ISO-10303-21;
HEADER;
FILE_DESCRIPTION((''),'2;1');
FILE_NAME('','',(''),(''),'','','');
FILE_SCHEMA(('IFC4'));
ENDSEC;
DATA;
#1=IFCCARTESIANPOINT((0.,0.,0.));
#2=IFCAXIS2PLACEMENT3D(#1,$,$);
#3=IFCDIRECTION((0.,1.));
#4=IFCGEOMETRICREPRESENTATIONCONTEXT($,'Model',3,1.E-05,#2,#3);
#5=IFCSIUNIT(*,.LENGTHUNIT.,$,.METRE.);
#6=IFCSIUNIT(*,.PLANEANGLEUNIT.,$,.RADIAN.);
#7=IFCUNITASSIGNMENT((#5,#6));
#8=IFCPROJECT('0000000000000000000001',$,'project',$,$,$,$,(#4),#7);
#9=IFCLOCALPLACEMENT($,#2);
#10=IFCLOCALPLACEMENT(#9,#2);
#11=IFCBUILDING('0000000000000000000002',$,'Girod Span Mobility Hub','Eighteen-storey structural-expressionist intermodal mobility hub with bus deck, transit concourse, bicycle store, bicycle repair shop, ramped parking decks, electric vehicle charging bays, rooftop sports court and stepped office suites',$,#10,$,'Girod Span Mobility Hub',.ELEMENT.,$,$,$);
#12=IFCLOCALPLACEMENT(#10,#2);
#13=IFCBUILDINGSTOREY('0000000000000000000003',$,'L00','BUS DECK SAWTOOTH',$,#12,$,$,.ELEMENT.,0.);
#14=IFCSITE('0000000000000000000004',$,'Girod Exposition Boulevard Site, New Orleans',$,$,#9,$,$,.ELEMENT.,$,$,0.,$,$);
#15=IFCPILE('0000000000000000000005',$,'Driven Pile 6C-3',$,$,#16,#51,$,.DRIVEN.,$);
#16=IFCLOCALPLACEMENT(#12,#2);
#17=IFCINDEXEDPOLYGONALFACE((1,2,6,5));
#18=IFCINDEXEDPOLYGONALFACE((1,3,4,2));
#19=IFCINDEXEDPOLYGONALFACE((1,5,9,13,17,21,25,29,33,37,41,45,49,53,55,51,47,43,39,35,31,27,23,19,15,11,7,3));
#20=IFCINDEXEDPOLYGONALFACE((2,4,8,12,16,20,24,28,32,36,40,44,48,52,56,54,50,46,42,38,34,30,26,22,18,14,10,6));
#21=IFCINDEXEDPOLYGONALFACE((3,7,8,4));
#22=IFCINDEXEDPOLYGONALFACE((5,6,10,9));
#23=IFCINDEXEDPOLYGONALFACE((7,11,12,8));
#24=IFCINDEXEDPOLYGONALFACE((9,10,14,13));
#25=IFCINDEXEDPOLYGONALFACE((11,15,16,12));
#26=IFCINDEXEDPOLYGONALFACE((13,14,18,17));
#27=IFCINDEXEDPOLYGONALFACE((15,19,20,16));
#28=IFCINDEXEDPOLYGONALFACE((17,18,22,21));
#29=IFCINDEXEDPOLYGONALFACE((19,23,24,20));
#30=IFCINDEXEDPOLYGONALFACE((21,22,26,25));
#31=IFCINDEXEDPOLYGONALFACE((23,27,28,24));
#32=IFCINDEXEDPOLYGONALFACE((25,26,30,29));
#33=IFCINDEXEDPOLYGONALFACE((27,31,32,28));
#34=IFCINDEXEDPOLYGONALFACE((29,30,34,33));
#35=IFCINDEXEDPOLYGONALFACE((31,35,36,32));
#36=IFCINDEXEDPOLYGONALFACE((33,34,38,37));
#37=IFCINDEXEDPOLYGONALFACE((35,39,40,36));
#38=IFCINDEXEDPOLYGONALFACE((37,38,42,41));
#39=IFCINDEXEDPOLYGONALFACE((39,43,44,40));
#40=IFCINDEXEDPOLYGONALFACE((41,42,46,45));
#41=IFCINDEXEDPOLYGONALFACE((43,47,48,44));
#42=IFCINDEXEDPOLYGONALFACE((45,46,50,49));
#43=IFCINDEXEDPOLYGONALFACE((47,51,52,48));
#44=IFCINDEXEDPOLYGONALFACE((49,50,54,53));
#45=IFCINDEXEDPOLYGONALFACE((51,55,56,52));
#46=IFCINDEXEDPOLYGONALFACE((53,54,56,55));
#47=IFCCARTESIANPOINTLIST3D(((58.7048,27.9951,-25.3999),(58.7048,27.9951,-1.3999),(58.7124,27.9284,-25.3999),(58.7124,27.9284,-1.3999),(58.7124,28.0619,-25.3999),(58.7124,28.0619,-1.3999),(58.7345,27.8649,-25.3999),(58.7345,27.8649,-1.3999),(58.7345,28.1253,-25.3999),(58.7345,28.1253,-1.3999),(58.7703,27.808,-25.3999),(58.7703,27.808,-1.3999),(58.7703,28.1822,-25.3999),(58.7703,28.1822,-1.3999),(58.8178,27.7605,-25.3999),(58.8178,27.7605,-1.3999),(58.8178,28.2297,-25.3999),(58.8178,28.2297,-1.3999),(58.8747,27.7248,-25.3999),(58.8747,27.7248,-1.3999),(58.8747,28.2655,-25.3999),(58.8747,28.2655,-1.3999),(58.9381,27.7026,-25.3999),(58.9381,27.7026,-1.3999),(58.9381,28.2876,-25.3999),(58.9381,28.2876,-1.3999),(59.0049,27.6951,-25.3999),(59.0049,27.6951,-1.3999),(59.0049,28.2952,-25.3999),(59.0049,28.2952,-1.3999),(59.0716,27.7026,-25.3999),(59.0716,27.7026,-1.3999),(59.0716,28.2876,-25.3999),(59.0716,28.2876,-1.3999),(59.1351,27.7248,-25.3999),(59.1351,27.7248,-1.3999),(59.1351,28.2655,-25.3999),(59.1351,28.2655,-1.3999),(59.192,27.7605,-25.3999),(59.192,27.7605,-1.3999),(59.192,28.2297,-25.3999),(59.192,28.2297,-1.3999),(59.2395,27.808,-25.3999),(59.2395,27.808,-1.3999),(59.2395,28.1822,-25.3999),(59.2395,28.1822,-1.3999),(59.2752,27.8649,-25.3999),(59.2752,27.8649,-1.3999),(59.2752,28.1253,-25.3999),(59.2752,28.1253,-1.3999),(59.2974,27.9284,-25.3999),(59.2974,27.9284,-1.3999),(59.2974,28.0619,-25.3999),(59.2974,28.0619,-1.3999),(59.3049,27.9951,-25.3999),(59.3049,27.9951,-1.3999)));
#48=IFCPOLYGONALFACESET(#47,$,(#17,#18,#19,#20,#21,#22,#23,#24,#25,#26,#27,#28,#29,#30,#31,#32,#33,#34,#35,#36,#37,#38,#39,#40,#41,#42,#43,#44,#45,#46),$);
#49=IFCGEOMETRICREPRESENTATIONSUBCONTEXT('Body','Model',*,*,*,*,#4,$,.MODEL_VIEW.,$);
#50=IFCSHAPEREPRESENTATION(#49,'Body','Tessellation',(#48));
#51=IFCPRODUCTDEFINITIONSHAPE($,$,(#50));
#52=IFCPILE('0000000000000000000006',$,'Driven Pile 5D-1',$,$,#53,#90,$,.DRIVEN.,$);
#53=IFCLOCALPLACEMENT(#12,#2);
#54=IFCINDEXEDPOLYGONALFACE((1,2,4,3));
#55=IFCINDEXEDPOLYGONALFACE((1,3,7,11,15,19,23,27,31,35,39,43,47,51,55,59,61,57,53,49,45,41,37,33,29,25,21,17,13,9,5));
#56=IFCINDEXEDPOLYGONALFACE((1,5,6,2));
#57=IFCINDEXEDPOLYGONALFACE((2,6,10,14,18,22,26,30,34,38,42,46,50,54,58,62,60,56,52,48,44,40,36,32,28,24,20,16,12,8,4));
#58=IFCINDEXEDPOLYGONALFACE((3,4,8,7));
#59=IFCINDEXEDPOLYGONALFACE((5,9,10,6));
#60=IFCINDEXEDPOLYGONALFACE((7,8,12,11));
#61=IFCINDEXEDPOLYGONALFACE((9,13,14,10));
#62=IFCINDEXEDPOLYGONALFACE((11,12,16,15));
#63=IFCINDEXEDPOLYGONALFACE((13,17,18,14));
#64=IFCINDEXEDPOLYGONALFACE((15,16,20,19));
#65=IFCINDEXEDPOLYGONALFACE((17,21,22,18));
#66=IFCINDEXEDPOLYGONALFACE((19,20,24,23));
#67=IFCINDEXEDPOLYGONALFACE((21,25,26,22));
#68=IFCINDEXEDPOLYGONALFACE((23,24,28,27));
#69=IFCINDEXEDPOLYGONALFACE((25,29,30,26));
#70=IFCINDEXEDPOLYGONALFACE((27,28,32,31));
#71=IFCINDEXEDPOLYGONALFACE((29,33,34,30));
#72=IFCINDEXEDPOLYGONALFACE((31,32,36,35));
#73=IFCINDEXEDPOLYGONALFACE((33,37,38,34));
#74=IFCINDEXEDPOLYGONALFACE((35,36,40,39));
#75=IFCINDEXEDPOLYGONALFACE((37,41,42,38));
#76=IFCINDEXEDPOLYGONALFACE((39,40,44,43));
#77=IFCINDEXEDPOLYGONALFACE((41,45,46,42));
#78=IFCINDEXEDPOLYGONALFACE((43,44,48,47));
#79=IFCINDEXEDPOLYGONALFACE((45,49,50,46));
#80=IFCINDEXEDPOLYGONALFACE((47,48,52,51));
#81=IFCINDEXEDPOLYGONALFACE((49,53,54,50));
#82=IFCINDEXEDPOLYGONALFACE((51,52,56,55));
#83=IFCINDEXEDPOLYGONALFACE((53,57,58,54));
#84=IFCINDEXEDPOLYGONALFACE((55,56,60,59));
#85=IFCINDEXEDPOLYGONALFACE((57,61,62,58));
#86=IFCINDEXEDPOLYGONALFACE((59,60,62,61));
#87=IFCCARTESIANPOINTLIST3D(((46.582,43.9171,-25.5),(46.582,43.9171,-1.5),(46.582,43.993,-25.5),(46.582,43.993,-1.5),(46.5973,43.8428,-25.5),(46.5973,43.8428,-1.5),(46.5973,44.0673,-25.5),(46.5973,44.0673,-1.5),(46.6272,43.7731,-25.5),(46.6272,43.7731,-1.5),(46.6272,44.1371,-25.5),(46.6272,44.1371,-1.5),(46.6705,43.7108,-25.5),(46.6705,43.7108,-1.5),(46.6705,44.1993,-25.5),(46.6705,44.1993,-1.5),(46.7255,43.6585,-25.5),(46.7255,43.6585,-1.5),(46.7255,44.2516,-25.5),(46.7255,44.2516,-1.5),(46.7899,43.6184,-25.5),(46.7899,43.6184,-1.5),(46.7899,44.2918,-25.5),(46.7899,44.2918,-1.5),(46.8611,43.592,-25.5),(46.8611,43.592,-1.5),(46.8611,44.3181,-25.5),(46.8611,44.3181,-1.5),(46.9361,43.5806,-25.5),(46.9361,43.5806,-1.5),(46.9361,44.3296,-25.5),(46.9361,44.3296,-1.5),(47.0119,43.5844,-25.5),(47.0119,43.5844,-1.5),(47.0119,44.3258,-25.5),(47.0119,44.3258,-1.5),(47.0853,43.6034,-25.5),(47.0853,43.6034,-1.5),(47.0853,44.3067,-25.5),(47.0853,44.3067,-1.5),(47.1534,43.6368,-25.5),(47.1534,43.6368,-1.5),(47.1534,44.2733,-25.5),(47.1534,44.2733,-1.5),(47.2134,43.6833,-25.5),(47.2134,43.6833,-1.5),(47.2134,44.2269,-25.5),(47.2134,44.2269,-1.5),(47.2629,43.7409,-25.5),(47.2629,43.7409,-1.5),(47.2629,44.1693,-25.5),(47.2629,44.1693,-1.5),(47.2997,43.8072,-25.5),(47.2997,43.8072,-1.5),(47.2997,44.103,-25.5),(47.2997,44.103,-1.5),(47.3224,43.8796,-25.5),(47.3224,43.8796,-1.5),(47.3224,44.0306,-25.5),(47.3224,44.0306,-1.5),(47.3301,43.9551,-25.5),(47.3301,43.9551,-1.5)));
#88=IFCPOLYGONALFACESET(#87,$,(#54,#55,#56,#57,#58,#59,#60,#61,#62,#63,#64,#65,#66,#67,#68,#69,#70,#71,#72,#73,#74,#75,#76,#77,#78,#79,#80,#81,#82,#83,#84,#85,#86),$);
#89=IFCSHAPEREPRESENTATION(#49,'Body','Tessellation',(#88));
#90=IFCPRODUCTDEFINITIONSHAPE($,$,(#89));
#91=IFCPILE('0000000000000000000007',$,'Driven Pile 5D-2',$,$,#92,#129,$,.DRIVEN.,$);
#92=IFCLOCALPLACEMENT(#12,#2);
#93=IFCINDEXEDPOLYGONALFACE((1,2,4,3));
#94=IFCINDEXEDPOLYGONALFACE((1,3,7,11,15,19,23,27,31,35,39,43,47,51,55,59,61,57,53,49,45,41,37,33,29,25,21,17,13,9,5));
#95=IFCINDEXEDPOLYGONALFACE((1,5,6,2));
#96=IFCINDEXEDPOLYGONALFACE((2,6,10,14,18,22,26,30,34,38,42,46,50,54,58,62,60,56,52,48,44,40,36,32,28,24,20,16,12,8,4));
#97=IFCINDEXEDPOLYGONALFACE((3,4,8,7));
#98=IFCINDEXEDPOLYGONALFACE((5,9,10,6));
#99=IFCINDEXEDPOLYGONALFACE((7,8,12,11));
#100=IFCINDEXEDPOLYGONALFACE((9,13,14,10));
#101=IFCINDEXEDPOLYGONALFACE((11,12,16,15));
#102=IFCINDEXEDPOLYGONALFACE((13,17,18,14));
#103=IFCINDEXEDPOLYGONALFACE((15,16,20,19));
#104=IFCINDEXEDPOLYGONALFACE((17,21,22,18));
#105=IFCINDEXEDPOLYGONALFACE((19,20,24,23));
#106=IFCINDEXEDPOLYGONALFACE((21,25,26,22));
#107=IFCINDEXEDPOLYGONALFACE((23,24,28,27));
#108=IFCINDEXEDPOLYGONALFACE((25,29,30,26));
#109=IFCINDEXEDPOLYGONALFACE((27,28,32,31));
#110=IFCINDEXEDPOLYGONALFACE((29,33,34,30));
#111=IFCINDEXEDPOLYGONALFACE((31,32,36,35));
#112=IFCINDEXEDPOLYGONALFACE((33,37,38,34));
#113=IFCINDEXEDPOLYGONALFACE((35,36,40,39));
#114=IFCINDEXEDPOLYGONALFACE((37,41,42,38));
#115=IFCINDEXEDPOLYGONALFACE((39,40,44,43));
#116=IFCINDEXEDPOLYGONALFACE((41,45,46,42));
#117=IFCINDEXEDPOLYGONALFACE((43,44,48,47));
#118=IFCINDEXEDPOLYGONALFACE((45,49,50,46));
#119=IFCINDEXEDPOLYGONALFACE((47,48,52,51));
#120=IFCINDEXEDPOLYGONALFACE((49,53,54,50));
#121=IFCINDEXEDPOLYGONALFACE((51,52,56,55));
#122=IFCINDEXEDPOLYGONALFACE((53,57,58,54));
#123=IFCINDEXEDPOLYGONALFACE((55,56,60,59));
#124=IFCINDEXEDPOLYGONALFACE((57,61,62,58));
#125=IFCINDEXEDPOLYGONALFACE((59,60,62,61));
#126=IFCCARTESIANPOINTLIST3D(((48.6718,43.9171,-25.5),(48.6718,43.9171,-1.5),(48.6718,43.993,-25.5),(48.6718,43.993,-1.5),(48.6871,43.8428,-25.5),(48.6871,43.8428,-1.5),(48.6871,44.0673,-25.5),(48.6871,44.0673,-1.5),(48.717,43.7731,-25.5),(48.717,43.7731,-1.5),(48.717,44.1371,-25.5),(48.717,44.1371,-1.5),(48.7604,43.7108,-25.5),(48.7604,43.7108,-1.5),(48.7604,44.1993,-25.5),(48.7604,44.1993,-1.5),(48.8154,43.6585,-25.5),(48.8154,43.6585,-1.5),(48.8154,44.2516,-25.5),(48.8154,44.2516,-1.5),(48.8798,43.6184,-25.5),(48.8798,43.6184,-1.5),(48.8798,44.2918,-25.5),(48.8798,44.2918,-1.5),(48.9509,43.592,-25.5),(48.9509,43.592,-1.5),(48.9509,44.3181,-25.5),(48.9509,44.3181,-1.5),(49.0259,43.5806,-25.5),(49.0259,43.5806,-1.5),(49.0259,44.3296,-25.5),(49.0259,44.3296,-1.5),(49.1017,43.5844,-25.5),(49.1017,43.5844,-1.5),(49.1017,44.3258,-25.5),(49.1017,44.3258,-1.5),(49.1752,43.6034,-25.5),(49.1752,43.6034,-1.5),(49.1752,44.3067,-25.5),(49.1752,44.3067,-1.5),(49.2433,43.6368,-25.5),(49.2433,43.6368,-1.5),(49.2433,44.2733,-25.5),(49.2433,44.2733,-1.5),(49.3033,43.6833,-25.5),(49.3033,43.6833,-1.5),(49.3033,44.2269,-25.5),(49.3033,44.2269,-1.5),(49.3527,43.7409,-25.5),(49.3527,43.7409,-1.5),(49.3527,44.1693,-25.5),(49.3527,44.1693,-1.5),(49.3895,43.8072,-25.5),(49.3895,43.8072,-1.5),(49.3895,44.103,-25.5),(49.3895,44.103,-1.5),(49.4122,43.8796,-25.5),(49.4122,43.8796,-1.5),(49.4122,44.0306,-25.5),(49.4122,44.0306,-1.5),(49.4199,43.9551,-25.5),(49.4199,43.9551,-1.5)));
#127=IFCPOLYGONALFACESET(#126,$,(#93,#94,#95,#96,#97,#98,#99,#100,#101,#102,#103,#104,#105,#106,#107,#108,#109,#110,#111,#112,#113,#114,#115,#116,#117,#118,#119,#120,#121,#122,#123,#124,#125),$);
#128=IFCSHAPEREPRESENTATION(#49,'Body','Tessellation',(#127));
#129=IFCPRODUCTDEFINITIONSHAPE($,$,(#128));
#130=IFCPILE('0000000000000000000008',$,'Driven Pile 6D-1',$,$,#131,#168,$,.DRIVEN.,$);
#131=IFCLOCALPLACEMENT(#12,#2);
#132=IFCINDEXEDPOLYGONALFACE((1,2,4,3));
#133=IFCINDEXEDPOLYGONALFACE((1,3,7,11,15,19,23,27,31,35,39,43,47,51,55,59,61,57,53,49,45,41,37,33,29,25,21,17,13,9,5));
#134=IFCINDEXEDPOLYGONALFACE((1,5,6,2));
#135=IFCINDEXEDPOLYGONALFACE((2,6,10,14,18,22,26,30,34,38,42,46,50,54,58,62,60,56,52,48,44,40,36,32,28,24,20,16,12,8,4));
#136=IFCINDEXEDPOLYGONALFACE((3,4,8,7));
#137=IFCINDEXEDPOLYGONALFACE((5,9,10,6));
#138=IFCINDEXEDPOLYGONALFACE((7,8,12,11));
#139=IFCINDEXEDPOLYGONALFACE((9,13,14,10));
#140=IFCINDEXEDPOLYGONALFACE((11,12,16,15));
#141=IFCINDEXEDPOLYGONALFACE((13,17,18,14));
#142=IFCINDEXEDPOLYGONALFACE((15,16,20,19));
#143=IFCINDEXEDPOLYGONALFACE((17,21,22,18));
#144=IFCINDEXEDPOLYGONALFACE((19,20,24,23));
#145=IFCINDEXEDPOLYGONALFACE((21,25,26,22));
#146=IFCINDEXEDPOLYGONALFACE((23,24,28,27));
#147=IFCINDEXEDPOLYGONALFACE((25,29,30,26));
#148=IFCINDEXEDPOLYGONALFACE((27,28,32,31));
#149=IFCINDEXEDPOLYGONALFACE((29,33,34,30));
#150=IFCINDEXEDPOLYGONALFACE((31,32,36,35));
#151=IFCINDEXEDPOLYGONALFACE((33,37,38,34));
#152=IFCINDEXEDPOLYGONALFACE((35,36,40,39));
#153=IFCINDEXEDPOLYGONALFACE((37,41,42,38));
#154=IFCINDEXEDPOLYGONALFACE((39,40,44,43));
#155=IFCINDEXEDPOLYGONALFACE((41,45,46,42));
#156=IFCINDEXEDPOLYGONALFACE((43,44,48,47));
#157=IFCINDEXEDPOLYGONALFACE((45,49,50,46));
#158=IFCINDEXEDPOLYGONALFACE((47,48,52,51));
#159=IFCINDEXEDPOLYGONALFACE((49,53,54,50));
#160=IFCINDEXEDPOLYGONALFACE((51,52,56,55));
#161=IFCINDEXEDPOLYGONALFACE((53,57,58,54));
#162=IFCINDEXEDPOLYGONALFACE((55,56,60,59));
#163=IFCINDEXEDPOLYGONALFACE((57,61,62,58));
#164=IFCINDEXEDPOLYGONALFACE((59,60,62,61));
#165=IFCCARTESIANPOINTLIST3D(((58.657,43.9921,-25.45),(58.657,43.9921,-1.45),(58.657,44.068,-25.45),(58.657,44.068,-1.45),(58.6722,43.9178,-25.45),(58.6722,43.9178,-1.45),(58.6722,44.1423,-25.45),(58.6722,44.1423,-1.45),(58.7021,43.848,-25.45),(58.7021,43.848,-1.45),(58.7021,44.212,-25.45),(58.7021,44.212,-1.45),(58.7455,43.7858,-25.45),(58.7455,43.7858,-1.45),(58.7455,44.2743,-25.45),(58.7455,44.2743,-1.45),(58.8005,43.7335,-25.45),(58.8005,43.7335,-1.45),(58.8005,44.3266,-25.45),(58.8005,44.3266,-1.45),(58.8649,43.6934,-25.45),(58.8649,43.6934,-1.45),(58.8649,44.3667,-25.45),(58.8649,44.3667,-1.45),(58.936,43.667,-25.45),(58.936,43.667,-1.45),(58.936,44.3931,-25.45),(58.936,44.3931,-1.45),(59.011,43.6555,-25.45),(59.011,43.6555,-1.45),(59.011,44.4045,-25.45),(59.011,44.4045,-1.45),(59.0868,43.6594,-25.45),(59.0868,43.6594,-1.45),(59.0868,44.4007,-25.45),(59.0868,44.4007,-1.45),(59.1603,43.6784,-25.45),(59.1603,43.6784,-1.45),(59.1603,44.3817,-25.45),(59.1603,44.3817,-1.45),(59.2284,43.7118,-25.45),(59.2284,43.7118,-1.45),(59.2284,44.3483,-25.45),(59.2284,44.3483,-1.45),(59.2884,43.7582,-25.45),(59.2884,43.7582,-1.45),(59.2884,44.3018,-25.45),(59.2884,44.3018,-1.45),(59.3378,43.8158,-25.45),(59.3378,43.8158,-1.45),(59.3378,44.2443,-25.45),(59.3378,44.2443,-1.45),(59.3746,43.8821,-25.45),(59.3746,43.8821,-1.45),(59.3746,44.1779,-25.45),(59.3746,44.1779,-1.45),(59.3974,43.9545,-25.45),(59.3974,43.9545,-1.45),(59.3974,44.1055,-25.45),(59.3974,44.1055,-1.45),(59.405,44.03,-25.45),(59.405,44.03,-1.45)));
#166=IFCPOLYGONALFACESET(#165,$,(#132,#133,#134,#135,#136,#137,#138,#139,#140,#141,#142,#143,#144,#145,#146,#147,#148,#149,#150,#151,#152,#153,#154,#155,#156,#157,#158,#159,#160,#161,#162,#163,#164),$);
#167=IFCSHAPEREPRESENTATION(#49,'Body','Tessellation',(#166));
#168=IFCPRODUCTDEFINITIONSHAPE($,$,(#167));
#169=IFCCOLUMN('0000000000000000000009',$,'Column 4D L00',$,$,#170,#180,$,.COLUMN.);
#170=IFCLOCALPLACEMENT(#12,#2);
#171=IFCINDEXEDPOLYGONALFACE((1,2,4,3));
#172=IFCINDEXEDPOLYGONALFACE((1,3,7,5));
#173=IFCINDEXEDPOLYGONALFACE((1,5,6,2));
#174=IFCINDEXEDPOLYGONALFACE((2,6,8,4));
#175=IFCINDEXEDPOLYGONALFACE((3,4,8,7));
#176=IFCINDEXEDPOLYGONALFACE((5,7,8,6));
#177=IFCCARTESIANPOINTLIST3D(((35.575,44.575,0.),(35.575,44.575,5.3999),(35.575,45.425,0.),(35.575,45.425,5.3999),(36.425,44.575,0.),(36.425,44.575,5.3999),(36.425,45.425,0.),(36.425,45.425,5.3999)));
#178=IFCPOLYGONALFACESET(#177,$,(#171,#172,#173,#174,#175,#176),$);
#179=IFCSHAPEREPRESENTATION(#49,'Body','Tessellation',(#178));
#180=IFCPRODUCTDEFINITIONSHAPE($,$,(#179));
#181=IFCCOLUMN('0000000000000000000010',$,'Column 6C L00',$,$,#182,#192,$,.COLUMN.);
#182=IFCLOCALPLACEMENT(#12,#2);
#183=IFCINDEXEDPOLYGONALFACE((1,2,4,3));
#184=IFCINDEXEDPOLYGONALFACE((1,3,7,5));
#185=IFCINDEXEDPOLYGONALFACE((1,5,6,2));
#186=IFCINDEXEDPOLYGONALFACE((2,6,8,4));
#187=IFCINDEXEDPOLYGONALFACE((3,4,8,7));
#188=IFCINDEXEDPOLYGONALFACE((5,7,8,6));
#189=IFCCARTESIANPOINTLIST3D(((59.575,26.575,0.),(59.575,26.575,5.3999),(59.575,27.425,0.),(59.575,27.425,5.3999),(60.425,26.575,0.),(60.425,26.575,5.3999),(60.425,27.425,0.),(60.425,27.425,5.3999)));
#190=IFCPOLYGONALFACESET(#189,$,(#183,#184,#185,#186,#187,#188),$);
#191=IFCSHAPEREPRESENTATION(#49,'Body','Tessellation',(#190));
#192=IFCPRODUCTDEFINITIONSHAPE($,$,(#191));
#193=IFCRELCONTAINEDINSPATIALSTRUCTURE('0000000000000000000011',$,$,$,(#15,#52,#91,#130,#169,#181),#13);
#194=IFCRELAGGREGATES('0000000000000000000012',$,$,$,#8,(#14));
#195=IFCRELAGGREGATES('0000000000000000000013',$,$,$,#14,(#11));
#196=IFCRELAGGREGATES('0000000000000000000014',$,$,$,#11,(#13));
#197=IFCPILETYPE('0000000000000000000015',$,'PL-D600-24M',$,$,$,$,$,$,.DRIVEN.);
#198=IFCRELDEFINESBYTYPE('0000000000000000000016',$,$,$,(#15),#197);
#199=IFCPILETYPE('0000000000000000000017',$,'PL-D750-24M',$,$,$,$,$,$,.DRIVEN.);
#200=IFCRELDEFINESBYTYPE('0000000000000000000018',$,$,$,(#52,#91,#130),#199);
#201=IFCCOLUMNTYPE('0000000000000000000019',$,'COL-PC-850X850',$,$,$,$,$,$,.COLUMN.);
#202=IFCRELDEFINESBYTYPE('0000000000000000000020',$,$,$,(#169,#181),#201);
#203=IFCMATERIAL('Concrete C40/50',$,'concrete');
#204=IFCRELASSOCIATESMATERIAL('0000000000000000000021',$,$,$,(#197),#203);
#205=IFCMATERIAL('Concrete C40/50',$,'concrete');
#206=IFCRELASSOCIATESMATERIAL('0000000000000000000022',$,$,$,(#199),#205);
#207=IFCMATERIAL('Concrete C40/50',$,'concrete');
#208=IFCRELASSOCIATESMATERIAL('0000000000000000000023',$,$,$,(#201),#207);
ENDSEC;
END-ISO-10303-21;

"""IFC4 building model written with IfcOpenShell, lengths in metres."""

from ifc_helpers import new_model, si_unit, direction, frame, origin, origin_2d, place, context, subcontext, project, spatial, rectangle, circle, extrude, material, material_profile, profile_set, type_object, element, save


model = new_model("IFC4")

# Units and contexts
model_context = context("Model", 3, precision=1e-05, world=origin(), true_north=direction((0.0, 1.0)))
body_context = subcontext(model_context, "Body", "Model", "MODEL_VIEW")
ifc_project = project(units=[si_unit("LENGTHUNIT", "METRE"), si_unit("PLANEANGLEUNIT", "RADIAN")], contexts=[model_context])

# Site, building, storey
site_placement = place(None, origin())
site = spatial("IfcSite", under=ifc_project, at=site_placement, Name="Girod Exposition Boulevard Site, New Orleans", CompositionType="ELEMENT", RefElevation=0.0)
building_placement = place(site_placement, origin())
building = spatial("IfcBuilding", under=site, at=building_placement, Name="Girod Span Mobility Hub", Description="Eighteen-storey structural-expressionist intermodal mobility hub with bus deck, transit concourse, bicycle store, bicycle repair shop, ramped parking decks, electric vehicle charging bays, rooftop sports court and stepped office suites", LongName="Girod Span Mobility Hub", CompositionType="ELEMENT")
storey_placement = place(building_placement, origin())
storey = spatial("IfcBuildingStorey", under=building, at=storey_placement, Name="L00", Description="BUS DECK SAWTOOTH", CompositionType="ELEMENT", Elevation=0.0)

# Piles
ifc_material_1 = material(Name="Concrete C40/50", Category="concrete")
ifc_material_profile_1 = material_profile(ifc_material_1, circle(Radius=0.3, at=origin_2d()), Name="PILE-D600")
ifc_profile_set_1 = profile_set([ifc_material_profile_1], Name="Concrete C40/50")
pile_type_1 = type_object("IfcPileType", Name="PL-D600-24M", PredefinedType="DRIVEN", material=ifc_profile_set_1)
for number, where, z_axis, x_axis, name in (
    (1, (59.0049, 27.9951, -1.3999), (0.0, 0.0, -1.0), (1.0, 0.0, 0.0), "Driven Pile 6C-3"),
):
    element("IfcPile", number, at=place(storey_placement, frame(where, z_axis=z_axis, x_axis=x_axis)), inside=storey, type_object=pile_type_1, Name=name, PredefinedType="DRIVEN", context=body_context, shape_type="SweptSolid", body=[
        extrude(circle(Radius=0.3, at=origin_2d()), origin(), (0.0, 0.0, 1.0), 24.0),
    ])
ifc_material_2 = material(Name="Concrete C40/50", Category="concrete")
ifc_material_profile_2 = material_profile(ifc_material_2, circle(Radius=0.375, at=origin_2d()), Name="PILE-D750")
ifc_profile_set_2 = profile_set([ifc_material_profile_2], Name="Concrete C40/50")
pile_type_2 = type_object("IfcPileType", Name="PL-D750-24M", PredefinedType="DRIVEN", material=ifc_profile_set_2)
for number, where, z_axis, x_axis, name in (
    (2, (46.9551, 43.9551, -1.5), (0.0, 0.0, -1.0), (1.0, 0.0, 0.0), "Driven Pile 5D-1"),
    (3, (49.0449, 43.9551, -1.5), (0.0, 0.0, -1.0), (1.0, 0.0, 0.0), "Driven Pile 5D-2"),
    (4, (59.03, 44.03, -1.45), (0.0, 0.0, -1.0), (1.0, 0.0, 0.0), "Driven Pile 6D-1"),
):
    element("IfcPile", number, at=place(storey_placement, frame(where, z_axis=z_axis, x_axis=x_axis)), inside=storey, type_object=pile_type_2, Name=name, PredefinedType="DRIVEN", context=body_context, shape_type="SweptSolid", body=[
        extrude(circle(Radius=0.375, at=origin_2d()), origin(), (0.0, 0.0, 1.0), 24.0),
    ])

# Columns
ifc_material_3 = material(Name="Concrete C40/50", Category="concrete")
ifc_material_profile_3 = material_profile(ifc_material_3, rectangle(XDim=0.8501, YDim=0.8501, at=origin_2d()), Name="PC-COL-850X850")
ifc_profile_set_3 = profile_set([ifc_material_profile_3], Name="Concrete C40/50")
column_type_1 = type_object("IfcColumnType", Name="COL-PC-850X850", PredefinedType="COLUMN", material=ifc_profile_set_3)
for number, where, z_axis, x_axis, name in (
    (5, (36.0, 45.0, 0.0), (0.0, 0.0, 1.0), (1.0, 0.0, 0.0), "Column 4D L00"),
    (6, (60.0, 27.0, 0.0), (0.0, 0.0, 1.0), (1.0, 0.0, 0.0), "Column 6C L00"),
):
    element("IfcColumn", number, at=place(storey_placement, frame(where, z_axis=z_axis, x_axis=x_axis)), inside=storey, type_object=column_type_1, Name=name, PredefinedType="COLUMN", context=body_context, shape_type="SweptSolid", body=[
        extrude(rectangle(XDim=0.8501, YDim=0.8501, at=origin_2d()), origin(), (0.0, 0.0, 1.0), 5.3999),
    ])

save(model, "model.ifc")
